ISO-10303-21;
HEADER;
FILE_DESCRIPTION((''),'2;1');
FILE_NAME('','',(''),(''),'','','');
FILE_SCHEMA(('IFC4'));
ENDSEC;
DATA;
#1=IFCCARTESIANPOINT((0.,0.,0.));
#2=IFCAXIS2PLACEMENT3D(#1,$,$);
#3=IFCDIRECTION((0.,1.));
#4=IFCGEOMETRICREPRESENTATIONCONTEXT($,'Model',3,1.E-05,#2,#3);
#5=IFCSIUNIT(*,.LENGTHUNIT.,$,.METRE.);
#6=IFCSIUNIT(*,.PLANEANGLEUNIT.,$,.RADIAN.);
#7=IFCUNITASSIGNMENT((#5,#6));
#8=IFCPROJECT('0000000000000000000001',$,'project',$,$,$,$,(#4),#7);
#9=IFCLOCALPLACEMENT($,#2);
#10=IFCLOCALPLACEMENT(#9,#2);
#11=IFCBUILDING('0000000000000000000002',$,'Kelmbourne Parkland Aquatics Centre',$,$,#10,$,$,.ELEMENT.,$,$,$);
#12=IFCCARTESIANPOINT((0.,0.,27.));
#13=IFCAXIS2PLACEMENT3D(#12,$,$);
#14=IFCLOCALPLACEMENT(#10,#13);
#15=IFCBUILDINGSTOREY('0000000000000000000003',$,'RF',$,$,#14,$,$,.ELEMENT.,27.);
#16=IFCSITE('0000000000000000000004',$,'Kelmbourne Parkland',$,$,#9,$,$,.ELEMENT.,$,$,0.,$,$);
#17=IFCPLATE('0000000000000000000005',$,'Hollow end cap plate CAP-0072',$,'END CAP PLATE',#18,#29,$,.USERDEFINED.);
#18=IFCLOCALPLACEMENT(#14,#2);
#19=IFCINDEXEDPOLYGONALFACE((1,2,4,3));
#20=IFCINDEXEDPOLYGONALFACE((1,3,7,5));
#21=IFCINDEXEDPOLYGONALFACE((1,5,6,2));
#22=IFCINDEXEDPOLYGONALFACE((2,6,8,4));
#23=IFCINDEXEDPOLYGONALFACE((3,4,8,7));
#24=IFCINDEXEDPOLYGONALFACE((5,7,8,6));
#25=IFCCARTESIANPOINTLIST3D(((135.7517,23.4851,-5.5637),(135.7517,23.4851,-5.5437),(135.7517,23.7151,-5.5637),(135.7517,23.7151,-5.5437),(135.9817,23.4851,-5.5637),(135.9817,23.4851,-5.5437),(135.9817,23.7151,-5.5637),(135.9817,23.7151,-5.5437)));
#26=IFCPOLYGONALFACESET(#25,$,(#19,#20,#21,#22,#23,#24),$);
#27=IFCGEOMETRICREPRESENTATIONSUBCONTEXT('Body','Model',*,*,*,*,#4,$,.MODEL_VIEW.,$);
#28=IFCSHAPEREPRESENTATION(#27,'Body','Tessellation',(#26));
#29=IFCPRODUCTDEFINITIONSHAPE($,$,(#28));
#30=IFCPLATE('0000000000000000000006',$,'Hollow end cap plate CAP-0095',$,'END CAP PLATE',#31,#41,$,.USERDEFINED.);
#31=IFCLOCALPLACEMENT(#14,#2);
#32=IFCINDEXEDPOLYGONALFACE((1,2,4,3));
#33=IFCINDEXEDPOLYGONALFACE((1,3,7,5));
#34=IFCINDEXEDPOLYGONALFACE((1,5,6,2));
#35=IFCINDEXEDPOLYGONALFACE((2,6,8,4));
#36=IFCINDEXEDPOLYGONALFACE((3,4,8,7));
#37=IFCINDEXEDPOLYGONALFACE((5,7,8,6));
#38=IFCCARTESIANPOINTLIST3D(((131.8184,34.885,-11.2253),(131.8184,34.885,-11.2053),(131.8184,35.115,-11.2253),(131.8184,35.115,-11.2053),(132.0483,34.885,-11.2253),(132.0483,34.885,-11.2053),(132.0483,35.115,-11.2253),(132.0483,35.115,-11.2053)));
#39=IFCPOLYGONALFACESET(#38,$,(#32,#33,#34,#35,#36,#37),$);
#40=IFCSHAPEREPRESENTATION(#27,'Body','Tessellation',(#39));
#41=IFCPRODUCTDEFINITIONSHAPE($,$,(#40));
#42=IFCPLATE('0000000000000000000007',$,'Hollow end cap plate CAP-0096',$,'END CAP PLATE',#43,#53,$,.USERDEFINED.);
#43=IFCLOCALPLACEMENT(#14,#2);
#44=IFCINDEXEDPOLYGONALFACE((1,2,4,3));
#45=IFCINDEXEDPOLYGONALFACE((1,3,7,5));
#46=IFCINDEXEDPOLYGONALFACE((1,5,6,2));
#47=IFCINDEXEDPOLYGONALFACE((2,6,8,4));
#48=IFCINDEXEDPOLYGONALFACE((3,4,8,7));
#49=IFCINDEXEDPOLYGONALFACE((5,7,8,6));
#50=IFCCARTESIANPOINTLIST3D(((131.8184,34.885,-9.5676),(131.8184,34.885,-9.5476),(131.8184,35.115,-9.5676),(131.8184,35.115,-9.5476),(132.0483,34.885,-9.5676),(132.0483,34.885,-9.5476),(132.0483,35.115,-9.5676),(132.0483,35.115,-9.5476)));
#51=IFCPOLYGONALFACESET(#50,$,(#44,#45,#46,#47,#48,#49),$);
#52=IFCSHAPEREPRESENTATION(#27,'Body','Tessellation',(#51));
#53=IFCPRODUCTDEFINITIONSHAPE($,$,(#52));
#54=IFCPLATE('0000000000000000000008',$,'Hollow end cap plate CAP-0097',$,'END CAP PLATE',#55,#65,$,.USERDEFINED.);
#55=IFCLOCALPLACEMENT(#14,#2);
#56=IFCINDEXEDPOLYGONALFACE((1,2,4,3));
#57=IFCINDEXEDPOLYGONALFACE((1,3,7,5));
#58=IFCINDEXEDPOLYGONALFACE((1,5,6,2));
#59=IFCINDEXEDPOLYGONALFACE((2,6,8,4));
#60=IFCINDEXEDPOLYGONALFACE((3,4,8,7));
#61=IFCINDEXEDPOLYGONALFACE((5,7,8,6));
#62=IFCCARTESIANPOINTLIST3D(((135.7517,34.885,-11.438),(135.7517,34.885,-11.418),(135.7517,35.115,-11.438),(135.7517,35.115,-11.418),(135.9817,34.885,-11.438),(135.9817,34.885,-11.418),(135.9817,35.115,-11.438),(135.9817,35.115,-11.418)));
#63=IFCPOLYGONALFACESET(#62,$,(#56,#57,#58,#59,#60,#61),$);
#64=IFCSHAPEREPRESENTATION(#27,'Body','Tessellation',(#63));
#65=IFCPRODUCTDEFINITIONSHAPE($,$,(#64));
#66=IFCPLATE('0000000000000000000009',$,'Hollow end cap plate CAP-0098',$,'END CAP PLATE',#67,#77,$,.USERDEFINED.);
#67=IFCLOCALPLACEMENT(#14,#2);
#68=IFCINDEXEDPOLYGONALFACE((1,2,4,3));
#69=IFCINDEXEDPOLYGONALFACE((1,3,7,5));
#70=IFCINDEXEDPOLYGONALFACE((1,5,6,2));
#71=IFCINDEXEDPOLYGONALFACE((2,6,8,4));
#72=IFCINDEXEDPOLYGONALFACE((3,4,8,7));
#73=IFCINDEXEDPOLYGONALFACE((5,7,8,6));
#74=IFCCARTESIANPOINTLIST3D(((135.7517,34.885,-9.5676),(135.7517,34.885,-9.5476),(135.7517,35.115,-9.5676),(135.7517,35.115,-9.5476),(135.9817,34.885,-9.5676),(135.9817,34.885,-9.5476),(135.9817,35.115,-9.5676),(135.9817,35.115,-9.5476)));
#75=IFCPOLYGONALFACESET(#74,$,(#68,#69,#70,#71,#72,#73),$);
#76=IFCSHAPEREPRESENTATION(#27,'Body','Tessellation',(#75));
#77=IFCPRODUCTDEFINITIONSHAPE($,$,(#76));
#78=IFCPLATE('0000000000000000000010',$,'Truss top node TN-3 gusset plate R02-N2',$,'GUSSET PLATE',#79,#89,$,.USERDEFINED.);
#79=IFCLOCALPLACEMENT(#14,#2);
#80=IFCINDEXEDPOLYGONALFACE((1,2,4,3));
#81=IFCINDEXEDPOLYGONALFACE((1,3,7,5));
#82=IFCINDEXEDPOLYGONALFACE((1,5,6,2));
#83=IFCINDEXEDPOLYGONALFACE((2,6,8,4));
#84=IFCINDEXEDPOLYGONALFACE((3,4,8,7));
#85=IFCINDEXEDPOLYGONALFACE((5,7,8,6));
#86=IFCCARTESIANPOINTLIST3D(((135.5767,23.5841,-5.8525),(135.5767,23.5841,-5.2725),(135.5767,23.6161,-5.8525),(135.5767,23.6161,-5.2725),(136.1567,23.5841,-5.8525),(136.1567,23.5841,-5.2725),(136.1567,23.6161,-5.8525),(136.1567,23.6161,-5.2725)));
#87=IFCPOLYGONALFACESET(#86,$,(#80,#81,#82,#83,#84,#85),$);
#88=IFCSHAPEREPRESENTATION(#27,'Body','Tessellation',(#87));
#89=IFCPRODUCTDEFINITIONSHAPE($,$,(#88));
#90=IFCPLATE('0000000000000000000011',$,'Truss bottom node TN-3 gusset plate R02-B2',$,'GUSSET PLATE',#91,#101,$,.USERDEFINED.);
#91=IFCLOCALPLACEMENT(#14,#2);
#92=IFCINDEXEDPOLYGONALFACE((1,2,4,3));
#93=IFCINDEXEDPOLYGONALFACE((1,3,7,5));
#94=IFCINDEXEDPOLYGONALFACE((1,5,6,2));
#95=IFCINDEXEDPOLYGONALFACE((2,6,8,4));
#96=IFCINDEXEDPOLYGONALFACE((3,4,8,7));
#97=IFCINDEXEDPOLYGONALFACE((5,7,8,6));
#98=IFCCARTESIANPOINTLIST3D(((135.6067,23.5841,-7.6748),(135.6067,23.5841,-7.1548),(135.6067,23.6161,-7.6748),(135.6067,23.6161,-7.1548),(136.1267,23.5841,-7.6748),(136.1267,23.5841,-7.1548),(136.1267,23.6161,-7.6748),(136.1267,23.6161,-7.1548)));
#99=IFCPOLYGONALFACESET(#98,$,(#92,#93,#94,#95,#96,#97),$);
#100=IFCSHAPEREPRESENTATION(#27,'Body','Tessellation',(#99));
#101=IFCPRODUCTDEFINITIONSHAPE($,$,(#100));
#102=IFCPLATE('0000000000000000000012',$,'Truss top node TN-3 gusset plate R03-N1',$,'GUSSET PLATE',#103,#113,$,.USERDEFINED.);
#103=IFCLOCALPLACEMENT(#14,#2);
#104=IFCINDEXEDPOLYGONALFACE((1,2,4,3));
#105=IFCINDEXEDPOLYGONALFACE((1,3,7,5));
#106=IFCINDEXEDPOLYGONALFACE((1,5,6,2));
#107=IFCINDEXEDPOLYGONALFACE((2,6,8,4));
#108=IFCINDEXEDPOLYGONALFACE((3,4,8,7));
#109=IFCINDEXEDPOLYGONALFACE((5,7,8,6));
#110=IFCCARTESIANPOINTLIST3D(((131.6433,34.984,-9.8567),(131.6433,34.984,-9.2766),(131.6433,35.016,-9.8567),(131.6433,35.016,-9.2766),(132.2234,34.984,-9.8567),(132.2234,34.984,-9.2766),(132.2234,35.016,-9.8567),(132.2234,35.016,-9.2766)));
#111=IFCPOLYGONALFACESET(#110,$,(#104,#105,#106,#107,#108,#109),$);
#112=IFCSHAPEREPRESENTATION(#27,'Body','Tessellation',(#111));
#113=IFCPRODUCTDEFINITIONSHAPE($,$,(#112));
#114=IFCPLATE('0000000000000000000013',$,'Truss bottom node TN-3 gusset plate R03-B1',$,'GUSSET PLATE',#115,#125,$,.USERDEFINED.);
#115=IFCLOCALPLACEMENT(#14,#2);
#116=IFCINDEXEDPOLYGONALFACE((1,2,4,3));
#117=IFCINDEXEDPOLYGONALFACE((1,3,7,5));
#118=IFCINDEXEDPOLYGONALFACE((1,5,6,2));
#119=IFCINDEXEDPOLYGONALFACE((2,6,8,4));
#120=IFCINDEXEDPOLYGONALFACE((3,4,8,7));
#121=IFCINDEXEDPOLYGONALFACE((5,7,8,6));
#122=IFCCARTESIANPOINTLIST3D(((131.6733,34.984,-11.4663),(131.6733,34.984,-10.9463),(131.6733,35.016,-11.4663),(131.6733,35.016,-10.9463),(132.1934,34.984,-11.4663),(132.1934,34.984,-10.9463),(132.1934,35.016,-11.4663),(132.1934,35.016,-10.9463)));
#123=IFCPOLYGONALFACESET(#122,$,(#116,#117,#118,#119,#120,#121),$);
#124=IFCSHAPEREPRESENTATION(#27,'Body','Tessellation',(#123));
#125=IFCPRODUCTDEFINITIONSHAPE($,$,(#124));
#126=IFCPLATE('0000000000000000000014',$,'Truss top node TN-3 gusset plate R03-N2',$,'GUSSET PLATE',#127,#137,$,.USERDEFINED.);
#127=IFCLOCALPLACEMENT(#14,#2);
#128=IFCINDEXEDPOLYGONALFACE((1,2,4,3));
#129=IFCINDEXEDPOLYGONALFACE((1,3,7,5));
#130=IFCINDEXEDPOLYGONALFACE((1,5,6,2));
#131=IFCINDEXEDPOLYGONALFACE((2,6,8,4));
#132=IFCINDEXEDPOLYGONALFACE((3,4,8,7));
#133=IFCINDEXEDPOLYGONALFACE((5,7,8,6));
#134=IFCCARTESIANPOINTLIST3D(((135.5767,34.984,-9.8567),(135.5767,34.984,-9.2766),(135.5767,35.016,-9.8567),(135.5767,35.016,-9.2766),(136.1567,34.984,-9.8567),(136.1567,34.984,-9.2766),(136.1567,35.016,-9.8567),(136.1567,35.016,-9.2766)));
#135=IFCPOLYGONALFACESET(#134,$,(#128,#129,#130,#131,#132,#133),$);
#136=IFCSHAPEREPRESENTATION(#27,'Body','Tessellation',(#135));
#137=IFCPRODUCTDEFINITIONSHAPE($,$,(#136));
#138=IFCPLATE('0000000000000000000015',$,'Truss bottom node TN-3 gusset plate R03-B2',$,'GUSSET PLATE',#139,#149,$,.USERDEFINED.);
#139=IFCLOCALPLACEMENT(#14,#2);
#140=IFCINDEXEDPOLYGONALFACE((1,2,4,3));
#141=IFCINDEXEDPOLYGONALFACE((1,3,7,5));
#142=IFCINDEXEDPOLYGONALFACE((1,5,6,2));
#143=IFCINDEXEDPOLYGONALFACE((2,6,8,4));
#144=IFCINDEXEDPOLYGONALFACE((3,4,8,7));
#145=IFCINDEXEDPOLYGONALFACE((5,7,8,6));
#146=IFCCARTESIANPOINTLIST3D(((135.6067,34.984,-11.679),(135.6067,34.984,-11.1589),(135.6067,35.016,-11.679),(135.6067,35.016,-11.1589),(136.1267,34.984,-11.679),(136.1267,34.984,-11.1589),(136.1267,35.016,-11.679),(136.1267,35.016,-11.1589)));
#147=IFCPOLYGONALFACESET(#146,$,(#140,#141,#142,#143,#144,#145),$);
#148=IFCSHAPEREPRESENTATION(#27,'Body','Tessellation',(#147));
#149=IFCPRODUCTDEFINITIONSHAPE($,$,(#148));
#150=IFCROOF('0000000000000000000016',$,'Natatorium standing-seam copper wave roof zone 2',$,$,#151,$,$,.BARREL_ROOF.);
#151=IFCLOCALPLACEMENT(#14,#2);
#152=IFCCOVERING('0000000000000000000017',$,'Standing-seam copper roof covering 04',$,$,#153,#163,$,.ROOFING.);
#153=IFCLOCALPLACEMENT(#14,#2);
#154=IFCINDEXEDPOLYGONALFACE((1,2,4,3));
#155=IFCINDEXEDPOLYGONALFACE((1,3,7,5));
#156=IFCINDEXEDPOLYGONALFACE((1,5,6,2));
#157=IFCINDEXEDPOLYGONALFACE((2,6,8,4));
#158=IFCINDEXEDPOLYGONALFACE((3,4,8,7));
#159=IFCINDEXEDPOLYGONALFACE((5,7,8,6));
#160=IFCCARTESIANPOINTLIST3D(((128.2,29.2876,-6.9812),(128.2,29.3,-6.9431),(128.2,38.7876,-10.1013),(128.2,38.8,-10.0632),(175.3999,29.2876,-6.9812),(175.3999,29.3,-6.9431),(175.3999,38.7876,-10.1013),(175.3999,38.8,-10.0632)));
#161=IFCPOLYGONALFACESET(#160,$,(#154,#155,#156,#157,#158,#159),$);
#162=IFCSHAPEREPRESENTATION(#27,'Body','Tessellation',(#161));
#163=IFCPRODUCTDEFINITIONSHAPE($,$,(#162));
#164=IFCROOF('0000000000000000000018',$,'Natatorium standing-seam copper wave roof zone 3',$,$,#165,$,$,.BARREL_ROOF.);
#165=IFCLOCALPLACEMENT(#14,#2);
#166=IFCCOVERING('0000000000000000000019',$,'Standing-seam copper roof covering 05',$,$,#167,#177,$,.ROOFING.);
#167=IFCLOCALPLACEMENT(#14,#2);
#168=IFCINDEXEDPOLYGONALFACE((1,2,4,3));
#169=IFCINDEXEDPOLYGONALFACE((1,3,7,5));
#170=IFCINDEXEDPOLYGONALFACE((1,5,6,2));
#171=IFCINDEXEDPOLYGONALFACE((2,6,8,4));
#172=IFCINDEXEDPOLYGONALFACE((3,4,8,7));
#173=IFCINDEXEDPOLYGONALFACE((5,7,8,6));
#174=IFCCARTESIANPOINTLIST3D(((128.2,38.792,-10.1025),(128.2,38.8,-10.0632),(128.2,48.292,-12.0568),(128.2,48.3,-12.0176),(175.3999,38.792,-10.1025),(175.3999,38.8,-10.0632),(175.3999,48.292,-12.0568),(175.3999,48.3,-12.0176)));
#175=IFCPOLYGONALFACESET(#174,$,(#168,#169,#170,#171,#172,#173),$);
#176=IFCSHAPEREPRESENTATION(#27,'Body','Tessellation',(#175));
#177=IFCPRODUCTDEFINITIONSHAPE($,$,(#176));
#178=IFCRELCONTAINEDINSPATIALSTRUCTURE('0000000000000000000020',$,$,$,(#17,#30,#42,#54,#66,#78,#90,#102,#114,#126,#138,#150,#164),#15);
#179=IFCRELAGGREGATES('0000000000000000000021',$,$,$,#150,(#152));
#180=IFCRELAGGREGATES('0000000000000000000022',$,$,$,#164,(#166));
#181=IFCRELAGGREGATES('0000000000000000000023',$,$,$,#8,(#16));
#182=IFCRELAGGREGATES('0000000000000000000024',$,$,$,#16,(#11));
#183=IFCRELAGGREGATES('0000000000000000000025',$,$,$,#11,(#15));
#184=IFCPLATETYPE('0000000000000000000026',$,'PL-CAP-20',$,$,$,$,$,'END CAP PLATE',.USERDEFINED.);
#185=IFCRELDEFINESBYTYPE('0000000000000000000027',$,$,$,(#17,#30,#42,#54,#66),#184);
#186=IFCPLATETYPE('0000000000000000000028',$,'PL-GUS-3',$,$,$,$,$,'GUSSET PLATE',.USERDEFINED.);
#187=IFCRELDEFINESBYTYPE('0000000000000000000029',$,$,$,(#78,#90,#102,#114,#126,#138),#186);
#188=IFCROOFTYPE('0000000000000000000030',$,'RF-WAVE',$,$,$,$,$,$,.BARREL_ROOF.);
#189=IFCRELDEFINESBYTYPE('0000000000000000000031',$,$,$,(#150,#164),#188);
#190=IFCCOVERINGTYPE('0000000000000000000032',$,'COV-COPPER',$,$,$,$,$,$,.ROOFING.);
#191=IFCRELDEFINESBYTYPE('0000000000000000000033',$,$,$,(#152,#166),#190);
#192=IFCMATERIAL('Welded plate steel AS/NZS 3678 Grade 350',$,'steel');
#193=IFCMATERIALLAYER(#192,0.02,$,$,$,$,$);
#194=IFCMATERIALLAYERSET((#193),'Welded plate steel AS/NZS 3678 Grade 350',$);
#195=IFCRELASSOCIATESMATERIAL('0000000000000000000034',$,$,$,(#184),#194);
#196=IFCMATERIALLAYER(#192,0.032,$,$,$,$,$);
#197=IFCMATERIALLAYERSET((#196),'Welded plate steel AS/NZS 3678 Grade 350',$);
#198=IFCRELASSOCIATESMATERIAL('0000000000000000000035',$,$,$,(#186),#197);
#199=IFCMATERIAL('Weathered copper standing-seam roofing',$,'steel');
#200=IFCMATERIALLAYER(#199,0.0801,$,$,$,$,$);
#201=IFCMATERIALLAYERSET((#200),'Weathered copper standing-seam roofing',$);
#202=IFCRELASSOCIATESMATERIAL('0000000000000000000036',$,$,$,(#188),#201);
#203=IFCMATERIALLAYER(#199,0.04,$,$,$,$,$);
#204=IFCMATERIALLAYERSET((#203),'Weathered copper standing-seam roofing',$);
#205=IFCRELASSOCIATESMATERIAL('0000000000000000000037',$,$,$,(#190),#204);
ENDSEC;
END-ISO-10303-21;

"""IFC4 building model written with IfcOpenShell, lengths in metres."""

from ifc_helpers import new_model, si_unit, direction, frame, origin, origin_2d, place, context, subcontext, project, spatial, polyline, rectangle, outline, extrude, material, layer, layer_set, type_object, element, aggregate, save


model = new_model("IFC4")

# Units and contexts
model_context = context("Model", 3, precision=1e-05, world=origin(), true_north=direction((0.0, 1.0)))
body_context = subcontext(model_context, "Body", "Model", "MODEL_VIEW")
ifc_project = project(units=[si_unit("LENGTHUNIT", "METRE"), si_unit("PLANEANGLEUNIT", "RADIAN")], contexts=[model_context])

# Site, building, storey
site_placement = place(None, origin())
site = spatial("IfcSite", under=ifc_project, at=site_placement, Name="Kelmbourne Parkland", CompositionType="ELEMENT", RefElevation=0.0)
building_placement = place(site_placement, origin())
building = spatial("IfcBuilding", under=site, at=building_placement, Name="Kelmbourne Parkland Aquatics Centre", CompositionType="ELEMENT")
storey_placement = place(building_placement, frame((0.0, 0.0, 27.0)))
storey = spatial("IfcBuildingStorey", under=building, at=storey_placement, Name="RF", CompositionType="ELEMENT", Elevation=27.0)

# Shared definitions
ifc_material_1 = material(Name="Welded plate steel AS/NZS 3678 Grade 350", Category="steel")

# Plates
ifc_layer_1 = layer(ifc_material_1, 0.02)
ifc_layer_set_1 = layer_set([ifc_layer_1], Name="Welded plate steel AS/NZS 3678 Grade 350")
plate_type_1 = type_object("IfcPlateType", Name="PL-CAP-20", ElementType="END CAP PLATE", PredefinedType="USERDEFINED", material=ifc_layer_set_1)
for number, where, z_axis, x_axis, name in (
    (1, (135.8667, 23.6001, -5.5637), (0.0, 0.0, 1.0), (1.0, 0.0, 0.0), "Hollow end cap plate CAP-0072"),
    (2, (131.9333, 35.0, -11.2253), (0.0, 0.0, 1.0), (1.0, 0.0, 0.0), "Hollow end cap plate CAP-0095"),
    (3, (131.9333, 35.0, -9.5676), (0.0, 0.0, 1.0), (1.0, 0.0, 0.0), "Hollow end cap plate CAP-0096"),
    (4, (135.8667, 35.0, -11.438), (0.0, 0.0, 1.0), (1.0, 0.0, 0.0), "Hollow end cap plate CAP-0097"),
    (5, (135.8667, 35.0, -9.5676), (0.0, 0.0, 1.0), (1.0, 0.0, 0.0), "Hollow end cap plate CAP-0098"),
):
    element("IfcPlate", number, at=place(storey_placement, frame(where, z_axis=z_axis, x_axis=x_axis)), inside=storey, type_object=plate_type_1, Name=name, ObjectType="END CAP PLATE", PredefinedType="USERDEFINED", context=body_context, shape_type="SweptSolid", body=[
        extrude(rectangle(XDim=0.23, YDim=0.23, at=origin_2d()), origin(), (0.0, 0.0, 1.0), 0.02),
    ])
ifc_layer_2 = layer(ifc_material_1, 0.032)
ifc_layer_set_2 = layer_set([ifc_layer_2], Name="Welded plate steel AS/NZS 3678 Grade 350")
plate_type_2 = type_object("IfcPlateType", Name="PL-GUS-3", ElementType="GUSSET PLATE", PredefinedType="USERDEFINED", material=ifc_layer_set_2)
plate_1_placement = place(storey_placement, frame((135.8667, 23.6001, -5.8525), z_axis=(0.0, 0.0, 1.0), x_axis=(1.0, 0.0, 0.0)))
element("IfcPlate", 6, at=plate_1_placement, inside=storey, type_object=plate_type_2, Name="Truss top node TN-3 gusset plate R02-N2", ObjectType="GUSSET PLATE", PredefinedType="USERDEFINED", context=body_context, shape_type="SweptSolid", body=[
    extrude(rectangle(XDim=0.5801, YDim=0.032, at=origin_2d()), origin(), (0.0, 0.0, 1.0), 0.5801),
])
plate_2_placement = place(storey_placement, frame((135.8667, 23.6001, -7.6748), z_axis=(0.0, 0.0, 1.0), x_axis=(1.0, 0.0, 0.0)))
element("IfcPlate", 7, at=plate_2_placement, inside=storey, type_object=plate_type_2, Name="Truss bottom node TN-3 gusset plate R02-B2", ObjectType="GUSSET PLATE", PredefinedType="USERDEFINED", context=body_context, shape_type="SweptSolid", body=[
    extrude(rectangle(XDim=0.52, YDim=0.032, at=origin_2d()), origin(), (0.0, 0.0, 1.0), 0.52),
])
plate_3_placement = place(storey_placement, frame((131.9333, 35.0, -9.8567), z_axis=(0.0, 0.0, 1.0), x_axis=(1.0, 0.0, 0.0)))
element("IfcPlate", 8, at=plate_3_placement, inside=storey, type_object=plate_type_2, Name="Truss top node TN-3 gusset plate R03-N1", ObjectType="GUSSET PLATE", PredefinedType="USERDEFINED", context=body_context, shape_type="SweptSolid", body=[
    extrude(rectangle(XDim=0.5801, YDim=0.032, at=origin_2d()), origin(), (0.0, 0.0, 1.0), 0.5801),
])
plate_4_placement = place(storey_placement, frame((131.9333, 35.0, -11.4663), z_axis=(0.0, 0.0, 1.0), x_axis=(1.0, 0.0, 0.0)))
element("IfcPlate", 9, at=plate_4_placement, inside=storey, type_object=plate_type_2, Name="Truss bottom node TN-3 gusset plate R03-B1", ObjectType="GUSSET PLATE", PredefinedType="USERDEFINED", context=body_context, shape_type="SweptSolid", body=[
    extrude(rectangle(XDim=0.52, YDim=0.032, at=origin_2d()), origin(), (0.0, 0.0, 1.0), 0.52),
])
plate_5_placement = place(storey_placement, frame((135.8667, 35.0, -9.8567), z_axis=(0.0, 0.0, 1.0), x_axis=(1.0, 0.0, 0.0)))
element("IfcPlate", 10, at=plate_5_placement, inside=storey, type_object=plate_type_2, Name="Truss top node TN-3 gusset plate R03-N2", ObjectType="GUSSET PLATE", PredefinedType="USERDEFINED", context=body_context, shape_type="SweptSolid", body=[
    extrude(rectangle(XDim=0.5801, YDim=0.032, at=origin_2d()), origin(), (0.0, 0.0, 1.0), 0.5801),
])
plate_6_placement = place(storey_placement, frame((135.8667, 35.0, -11.679), z_axis=(0.0, 0.0, 1.0), x_axis=(1.0, 0.0, 0.0)))
element("IfcPlate", 11, at=plate_6_placement, inside=storey, type_object=plate_type_2, Name="Truss bottom node TN-3 gusset plate R03-B2", ObjectType="GUSSET PLATE", PredefinedType="USERDEFINED", context=body_context, shape_type="SweptSolid", body=[
    extrude(rectangle(XDim=0.52, YDim=0.032, at=origin_2d()), origin(), (0.0, 0.0, 1.0), 0.52),
])

# Roofs, coverings
ifc_material_2 = material(Name="Weathered copper standing-seam roofing", Category="steel")
ifc_layer_3 = layer(ifc_material_2, 0.0801)
ifc_layer_set_3 = layer_set([ifc_layer_3], Name="Weathered copper standing-seam roofing")
roof_type = type_object("IfcRoofType", Name="RF-WAVE", PredefinedType="BARREL_ROOF", material=ifc_layer_set_3)
roof_1_placement = place(storey_placement, origin())
roof_1 = element("IfcRoof", 12, at=roof_1_placement, inside=storey, type_object=roof_type, Name="Natatorium standing-seam copper wave roof zone 2", PredefinedType="BARREL_ROOF")
ifc_layer_4 = layer(ifc_material_2, 0.04)
ifc_layer_set_4 = layer_set([ifc_layer_4], Name="Weathered copper standing-seam roofing")
covering_type = type_object("IfcCoveringType", Name="COV-COPPER", PredefinedType="ROOFING", material=ifc_layer_set_4)
covering_1_placement = place(storey_placement, frame((128.2, 29.3, -6.9431), z_axis=(0.0, 0.312035, 0.950071), x_axis=(1.0, 0.0, 0.0)))
covering_1 = element("IfcCovering", 13, at=covering_1_placement, type_object=covering_type, Name="Standing-seam copper roof covering 04", PredefinedType="ROOFING", context=body_context, shape_type="SweptSolid", body=[
    extrude(outline(polyline([(0.0, 0.0), (47.2, 0.0), (47.2, 9.9993), (0.0, 9.9993), (0.0, 0.0)])), origin(), (0.0, 0.0, -1.0), 0.04),
])
aggregate(roof_1, [covering_1])
roof_2_placement = place(storey_placement, origin())
roof_2 = element("IfcRoof", 14, at=roof_2_placement, inside=storey, type_object=roof_type, Name="Natatorium standing-seam copper wave roof zone 3", PredefinedType="BARREL_ROOF")
covering_2_placement = place(storey_placement, frame((128.2, 38.8, -10.0632), z_axis=(0.0, 0.201501, 0.979488), x_axis=(1.0, 0.0, 0.0)))
covering_2 = element("IfcCovering", 15, at=covering_2_placement, type_object=covering_type, Name="Standing-seam copper roof covering 05", PredefinedType="ROOFING", context=body_context, shape_type="SweptSolid", body=[
    extrude(outline(polyline([(0.0, 0.0), (47.2, 0.0), (47.2, 9.6989), (0.0, 9.6989), (0.0, 0.0)])), origin(), (0.0, 0.0, -1.0), 0.04),
])
aggregate(roof_2, [covering_2])

save(model, "model.ifc")
